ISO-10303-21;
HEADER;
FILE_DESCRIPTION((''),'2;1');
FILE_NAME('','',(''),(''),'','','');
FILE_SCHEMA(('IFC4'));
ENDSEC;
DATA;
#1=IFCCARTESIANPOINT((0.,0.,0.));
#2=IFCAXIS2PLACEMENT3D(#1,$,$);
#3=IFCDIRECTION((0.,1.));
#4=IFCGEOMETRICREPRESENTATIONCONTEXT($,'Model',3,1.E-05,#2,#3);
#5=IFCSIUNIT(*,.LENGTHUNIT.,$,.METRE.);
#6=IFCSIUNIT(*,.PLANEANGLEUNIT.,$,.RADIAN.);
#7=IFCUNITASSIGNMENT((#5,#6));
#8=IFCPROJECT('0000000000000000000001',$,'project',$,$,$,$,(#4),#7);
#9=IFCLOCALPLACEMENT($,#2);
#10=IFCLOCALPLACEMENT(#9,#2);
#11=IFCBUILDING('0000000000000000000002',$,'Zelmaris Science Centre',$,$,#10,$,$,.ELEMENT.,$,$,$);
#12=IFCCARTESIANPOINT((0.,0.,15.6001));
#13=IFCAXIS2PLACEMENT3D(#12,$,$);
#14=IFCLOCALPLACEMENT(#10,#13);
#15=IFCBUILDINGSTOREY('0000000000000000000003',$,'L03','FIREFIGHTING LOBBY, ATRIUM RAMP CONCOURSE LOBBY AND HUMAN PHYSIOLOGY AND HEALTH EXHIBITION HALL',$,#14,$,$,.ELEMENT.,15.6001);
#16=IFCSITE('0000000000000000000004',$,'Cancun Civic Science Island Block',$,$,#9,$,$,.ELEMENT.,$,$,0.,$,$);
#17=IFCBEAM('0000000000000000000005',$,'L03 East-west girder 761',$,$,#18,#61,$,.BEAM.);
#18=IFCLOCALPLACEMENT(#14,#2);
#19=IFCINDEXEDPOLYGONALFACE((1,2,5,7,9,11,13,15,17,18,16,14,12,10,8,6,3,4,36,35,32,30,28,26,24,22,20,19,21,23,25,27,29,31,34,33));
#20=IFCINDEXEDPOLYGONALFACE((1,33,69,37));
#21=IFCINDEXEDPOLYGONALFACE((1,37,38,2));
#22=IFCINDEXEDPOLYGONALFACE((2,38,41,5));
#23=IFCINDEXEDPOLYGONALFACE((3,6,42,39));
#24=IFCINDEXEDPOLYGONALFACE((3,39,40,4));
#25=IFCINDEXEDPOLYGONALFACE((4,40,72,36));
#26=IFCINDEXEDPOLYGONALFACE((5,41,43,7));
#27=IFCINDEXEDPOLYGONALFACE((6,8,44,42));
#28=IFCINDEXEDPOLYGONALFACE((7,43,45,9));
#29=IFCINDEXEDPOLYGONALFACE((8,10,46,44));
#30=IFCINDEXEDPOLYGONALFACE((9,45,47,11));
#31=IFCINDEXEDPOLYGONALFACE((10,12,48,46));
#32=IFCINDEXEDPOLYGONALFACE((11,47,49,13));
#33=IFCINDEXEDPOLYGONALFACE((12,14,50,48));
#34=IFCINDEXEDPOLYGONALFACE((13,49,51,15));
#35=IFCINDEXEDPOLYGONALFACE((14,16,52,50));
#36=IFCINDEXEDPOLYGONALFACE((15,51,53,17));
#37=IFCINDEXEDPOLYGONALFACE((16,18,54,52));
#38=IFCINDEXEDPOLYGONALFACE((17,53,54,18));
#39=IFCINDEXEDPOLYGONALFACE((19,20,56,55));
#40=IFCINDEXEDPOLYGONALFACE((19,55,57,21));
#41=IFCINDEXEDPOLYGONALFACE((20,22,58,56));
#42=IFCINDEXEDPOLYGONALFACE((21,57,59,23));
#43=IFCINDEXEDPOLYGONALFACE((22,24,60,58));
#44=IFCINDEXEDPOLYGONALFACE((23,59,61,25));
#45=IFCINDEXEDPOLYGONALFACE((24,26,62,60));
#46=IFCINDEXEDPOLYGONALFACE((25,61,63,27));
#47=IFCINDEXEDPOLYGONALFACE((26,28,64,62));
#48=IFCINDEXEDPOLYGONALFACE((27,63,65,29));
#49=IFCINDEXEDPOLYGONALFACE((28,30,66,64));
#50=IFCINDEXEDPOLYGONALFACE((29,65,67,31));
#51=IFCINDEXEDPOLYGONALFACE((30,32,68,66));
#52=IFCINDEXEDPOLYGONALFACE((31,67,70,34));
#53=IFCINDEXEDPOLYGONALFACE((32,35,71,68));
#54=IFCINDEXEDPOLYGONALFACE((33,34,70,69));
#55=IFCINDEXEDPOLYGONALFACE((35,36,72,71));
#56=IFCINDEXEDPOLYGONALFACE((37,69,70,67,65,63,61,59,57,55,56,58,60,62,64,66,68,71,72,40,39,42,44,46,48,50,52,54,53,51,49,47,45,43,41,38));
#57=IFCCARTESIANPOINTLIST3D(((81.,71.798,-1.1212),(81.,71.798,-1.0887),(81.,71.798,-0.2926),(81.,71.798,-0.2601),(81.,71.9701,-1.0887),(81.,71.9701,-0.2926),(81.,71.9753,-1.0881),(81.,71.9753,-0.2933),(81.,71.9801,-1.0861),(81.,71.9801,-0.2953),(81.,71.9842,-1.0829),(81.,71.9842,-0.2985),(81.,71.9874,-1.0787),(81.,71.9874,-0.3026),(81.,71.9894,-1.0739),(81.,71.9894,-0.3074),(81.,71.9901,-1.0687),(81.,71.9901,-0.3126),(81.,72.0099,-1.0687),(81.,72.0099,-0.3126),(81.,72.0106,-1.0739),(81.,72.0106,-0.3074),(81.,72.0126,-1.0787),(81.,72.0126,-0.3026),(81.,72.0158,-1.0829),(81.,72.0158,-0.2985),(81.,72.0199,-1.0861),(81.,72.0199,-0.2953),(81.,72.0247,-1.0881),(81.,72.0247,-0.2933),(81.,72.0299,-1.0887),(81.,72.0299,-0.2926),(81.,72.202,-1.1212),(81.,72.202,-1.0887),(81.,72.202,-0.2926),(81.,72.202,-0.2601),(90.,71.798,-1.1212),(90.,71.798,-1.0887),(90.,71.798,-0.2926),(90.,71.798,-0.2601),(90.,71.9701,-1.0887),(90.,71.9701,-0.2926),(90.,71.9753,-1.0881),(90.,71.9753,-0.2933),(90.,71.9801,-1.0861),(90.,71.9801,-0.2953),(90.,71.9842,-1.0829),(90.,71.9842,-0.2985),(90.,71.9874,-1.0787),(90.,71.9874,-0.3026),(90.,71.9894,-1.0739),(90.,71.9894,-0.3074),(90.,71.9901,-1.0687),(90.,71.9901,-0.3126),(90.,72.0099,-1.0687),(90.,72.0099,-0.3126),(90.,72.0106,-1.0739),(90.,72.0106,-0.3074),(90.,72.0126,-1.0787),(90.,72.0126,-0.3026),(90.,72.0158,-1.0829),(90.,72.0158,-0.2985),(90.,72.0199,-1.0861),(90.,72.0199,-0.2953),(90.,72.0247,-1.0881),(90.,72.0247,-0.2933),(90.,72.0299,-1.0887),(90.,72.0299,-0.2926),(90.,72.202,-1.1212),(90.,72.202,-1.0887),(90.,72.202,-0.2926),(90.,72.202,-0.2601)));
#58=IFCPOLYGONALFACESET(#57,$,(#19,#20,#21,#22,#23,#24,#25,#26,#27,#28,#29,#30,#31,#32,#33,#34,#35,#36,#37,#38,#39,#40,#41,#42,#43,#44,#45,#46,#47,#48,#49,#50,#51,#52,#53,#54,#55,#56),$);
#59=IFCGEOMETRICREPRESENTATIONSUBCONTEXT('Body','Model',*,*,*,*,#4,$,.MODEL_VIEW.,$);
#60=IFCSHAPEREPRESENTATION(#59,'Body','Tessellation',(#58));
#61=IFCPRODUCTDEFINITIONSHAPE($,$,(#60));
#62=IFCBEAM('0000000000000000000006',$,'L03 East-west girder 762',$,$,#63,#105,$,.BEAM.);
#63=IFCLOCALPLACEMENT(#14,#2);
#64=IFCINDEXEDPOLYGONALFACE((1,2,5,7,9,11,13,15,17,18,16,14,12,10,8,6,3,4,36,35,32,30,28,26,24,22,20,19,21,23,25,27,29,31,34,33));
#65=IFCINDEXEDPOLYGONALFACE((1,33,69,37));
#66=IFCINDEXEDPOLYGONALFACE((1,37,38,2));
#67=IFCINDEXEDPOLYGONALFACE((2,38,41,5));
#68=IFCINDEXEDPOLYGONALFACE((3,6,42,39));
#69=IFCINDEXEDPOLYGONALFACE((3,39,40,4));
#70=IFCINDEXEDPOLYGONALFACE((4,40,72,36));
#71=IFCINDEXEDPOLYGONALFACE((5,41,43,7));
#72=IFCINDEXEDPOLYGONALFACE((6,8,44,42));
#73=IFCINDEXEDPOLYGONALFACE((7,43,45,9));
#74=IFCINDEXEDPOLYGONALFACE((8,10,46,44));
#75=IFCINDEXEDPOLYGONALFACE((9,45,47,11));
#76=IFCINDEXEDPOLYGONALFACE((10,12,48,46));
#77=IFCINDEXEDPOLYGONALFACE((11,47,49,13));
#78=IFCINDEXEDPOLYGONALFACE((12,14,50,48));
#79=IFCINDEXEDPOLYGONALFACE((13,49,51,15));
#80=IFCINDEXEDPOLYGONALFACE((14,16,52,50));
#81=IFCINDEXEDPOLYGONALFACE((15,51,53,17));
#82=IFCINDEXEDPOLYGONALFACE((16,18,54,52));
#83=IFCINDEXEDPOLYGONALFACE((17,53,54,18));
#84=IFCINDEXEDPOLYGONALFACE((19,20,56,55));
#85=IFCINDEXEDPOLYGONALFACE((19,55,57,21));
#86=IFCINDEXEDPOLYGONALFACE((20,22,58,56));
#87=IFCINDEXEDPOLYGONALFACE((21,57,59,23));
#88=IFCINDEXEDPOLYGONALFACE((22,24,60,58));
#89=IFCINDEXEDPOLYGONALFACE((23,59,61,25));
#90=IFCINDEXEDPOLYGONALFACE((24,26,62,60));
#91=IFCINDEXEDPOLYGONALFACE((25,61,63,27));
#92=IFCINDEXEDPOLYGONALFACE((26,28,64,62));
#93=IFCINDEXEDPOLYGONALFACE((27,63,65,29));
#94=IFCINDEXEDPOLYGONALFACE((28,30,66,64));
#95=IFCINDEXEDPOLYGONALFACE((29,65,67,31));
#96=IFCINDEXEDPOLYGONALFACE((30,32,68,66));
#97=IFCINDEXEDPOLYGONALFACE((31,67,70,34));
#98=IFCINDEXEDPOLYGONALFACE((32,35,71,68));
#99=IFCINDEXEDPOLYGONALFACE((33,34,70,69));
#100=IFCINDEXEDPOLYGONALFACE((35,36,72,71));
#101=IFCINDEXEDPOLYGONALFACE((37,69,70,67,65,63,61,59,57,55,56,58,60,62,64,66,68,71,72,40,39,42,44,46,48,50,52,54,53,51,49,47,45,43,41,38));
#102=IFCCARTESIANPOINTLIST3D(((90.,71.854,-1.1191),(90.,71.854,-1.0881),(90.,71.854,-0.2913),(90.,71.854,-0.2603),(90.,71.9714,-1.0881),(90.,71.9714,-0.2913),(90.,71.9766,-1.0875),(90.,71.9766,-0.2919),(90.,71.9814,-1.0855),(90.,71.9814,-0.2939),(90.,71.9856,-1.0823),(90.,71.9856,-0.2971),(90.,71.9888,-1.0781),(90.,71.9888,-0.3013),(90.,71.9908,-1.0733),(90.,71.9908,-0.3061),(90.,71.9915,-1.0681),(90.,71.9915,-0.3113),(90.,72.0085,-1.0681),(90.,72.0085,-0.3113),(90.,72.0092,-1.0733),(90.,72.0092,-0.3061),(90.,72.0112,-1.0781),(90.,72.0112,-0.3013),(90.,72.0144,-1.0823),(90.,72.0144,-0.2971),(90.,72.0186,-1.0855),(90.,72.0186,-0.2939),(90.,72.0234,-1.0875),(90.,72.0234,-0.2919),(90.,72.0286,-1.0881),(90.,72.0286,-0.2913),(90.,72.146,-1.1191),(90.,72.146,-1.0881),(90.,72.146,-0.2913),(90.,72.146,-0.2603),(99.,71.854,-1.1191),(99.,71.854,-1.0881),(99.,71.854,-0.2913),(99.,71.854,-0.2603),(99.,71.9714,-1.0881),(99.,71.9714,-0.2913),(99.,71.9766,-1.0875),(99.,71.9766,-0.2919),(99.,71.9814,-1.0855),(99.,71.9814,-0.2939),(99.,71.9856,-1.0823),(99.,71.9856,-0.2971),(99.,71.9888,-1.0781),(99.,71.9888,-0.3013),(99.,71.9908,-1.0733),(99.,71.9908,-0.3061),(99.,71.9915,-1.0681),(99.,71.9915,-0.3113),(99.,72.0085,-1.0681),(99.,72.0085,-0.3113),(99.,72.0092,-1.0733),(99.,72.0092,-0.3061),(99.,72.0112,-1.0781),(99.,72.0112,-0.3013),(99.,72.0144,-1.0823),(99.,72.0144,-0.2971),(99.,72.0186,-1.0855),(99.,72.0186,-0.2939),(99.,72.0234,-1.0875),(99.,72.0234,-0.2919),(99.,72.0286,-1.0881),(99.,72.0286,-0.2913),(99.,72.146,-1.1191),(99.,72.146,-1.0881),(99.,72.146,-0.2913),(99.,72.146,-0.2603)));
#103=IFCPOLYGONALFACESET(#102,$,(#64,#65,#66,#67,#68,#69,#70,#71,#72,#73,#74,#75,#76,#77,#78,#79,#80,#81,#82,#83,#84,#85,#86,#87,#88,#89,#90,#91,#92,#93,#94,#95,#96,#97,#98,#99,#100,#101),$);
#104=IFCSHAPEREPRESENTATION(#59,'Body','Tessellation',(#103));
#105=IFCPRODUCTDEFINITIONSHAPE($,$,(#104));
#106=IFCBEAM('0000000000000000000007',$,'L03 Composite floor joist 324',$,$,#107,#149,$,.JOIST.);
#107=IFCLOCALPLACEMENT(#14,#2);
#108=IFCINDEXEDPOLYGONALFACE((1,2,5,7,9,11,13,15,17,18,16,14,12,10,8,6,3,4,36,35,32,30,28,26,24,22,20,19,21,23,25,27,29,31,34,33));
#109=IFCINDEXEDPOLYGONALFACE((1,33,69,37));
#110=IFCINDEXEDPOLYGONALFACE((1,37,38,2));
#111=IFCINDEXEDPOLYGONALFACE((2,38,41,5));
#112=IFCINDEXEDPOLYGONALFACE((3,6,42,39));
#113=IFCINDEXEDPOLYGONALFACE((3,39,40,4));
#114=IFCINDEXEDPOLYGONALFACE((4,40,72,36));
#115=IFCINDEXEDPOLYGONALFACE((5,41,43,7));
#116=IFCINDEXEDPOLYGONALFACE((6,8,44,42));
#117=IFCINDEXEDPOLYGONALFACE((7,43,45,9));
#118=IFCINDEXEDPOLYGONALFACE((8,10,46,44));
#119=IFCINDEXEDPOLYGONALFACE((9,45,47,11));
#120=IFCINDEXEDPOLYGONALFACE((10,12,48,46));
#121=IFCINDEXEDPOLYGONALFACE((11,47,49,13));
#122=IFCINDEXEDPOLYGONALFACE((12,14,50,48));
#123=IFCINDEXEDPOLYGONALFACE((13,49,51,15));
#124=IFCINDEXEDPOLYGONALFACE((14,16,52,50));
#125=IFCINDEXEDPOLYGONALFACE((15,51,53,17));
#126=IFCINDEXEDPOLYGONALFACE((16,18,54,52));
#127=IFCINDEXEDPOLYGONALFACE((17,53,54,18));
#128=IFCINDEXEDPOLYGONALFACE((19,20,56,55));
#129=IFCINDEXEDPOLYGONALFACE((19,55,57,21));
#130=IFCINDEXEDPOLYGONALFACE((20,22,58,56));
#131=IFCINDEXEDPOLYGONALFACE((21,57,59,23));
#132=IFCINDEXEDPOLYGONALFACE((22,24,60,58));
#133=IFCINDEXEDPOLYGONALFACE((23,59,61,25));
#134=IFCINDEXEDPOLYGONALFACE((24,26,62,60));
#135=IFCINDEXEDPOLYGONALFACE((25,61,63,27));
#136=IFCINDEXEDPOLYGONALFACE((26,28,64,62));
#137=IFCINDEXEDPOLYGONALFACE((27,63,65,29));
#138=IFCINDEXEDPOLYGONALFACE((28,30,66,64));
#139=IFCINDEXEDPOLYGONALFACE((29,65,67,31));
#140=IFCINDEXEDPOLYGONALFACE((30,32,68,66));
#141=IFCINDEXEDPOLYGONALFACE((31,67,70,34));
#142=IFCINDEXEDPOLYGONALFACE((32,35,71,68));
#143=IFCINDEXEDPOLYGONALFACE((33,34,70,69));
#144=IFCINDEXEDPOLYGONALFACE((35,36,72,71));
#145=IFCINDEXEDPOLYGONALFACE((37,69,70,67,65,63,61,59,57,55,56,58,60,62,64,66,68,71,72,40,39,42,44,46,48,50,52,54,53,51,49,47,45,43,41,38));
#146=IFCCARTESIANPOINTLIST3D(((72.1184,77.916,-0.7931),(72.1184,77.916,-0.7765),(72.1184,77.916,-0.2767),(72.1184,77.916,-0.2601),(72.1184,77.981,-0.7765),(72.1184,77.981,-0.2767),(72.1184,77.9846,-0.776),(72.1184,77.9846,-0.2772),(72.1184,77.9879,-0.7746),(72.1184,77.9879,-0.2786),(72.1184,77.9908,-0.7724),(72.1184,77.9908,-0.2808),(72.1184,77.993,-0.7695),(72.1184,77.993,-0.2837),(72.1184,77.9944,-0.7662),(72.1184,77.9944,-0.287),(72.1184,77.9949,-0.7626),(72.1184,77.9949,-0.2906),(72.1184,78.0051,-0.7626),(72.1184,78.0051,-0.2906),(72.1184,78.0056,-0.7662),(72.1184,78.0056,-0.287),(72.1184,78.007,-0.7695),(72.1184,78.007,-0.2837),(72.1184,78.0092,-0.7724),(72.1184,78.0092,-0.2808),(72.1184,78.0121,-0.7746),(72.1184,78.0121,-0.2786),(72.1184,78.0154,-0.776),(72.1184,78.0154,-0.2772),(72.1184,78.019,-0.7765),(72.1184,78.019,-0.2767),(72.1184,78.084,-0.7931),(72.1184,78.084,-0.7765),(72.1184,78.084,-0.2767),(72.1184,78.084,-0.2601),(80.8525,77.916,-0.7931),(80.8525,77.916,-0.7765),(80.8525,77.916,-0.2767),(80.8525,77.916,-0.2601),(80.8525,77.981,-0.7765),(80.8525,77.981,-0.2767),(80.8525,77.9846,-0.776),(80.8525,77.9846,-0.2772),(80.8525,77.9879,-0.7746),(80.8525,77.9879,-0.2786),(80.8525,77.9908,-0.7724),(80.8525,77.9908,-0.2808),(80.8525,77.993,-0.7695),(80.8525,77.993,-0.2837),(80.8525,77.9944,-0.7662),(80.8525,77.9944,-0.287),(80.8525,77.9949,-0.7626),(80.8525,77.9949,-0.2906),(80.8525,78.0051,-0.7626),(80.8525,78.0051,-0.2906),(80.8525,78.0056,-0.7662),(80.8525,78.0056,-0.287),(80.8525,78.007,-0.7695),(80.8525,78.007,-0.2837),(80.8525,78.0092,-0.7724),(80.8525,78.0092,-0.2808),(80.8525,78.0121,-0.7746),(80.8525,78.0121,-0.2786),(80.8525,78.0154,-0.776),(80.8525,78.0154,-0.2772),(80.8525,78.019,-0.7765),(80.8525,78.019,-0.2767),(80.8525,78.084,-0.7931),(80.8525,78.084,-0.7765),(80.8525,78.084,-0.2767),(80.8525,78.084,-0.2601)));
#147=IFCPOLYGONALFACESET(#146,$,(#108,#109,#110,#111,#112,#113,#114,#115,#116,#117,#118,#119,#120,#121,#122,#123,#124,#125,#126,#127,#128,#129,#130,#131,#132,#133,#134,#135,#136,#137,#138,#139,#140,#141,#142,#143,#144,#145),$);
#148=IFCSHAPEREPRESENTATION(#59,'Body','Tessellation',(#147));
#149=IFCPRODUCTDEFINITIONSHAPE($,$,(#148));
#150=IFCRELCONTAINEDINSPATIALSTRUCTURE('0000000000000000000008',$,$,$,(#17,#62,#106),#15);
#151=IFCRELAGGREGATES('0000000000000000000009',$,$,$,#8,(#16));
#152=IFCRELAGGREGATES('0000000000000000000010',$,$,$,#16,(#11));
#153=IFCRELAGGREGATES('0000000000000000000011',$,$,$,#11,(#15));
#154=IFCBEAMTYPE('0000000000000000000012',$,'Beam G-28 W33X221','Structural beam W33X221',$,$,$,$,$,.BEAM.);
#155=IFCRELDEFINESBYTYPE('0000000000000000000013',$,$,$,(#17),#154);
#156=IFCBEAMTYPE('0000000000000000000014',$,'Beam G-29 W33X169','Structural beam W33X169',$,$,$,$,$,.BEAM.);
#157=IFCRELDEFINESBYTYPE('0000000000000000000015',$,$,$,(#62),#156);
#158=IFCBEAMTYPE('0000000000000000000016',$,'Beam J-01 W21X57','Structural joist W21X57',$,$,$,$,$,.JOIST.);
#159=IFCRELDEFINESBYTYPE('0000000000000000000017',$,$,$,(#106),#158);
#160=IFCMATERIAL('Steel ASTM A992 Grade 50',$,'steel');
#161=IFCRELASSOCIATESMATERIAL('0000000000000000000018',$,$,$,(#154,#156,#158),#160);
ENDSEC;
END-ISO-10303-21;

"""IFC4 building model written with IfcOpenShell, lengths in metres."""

from ifc_helpers import new_model, si_unit, direction, frame, origin, origin_2d, place, context, subcontext, project, spatial, i_section, extrude, material, material_profile, profile_set, type_object, element, save


model = new_model("IFC4")

# Units and contexts
model_context = context("Model", 3, precision=1e-05, world=origin(), true_north=direction((0.0, 1.0)))
body_context = subcontext(model_context, "Body", "Model", "MODEL_VIEW")
ifc_project = project(units=[si_unit("LENGTHUNIT", "METRE"), si_unit("PLANEANGLEUNIT", "RADIAN")], contexts=[model_context])

# Site, building, storey
site_placement = place(None, origin())
site = spatial("IfcSite", under=ifc_project, at=site_placement, Name="Cancun Civic Science Island Block", CompositionType="ELEMENT", RefElevation=0.0)
building_placement = place(site_placement, origin())
building = spatial("IfcBuilding", under=site, at=building_placement, Name="Zelmaris Science Centre", CompositionType="ELEMENT")
storey_placement = place(building_placement, frame((0.0, 0.0, 15.6001)))
storey = spatial("IfcBuildingStorey", under=building, at=storey_placement, Name="L03", Description="FIREFIGHTING LOBBY, ATRIUM RAMP CONCOURSE LOBBY AND HUMAN PHYSIOLOGY AND HEALTH EXHIBITION HALL", CompositionType="ELEMENT", Elevation=15.6001)

# Shared definitions
ifc_material_1 = material(Name="Steel ASTM A992 Grade 50", Category="steel")

# Beams
ifc_material_profile_1 = material_profile(ifc_material_1, i_section(OverallWidth=0.4041, OverallDepth=0.8611, WebThickness=0.0198, FlangeThickness=0.0325, FilletRadius=0.02, at=origin_2d()), Name="W33X221")
ifc_profile_set_1 = profile_set([ifc_material_profile_1], Name="Steel ASTM A992 Grade 50")
beam_type_1 = type_object("IfcBeamType", Name="Beam G-28 W33X221", Description="Structural beam W33X221", PredefinedType="BEAM", material=ifc_profile_set_1)
beam_1_placement = place(storey_placement, frame((81.0, 72.0, -0.6907), z_axis=(1.0, 0.0, 0.0), x_axis=(0.0, 1.0, 0.0)))
element("IfcBeam", 1, at=beam_1_placement, inside=storey, type_object=beam_type_1, Name="L03 East-west girder 761", PredefinedType="BEAM", context=body_context, shape_type="SweptSolid", body=[
    extrude(i_section(OverallWidth=0.4041, OverallDepth=0.8611, WebThickness=0.0198, FlangeThickness=0.0325, FilletRadius=0.02, at=origin_2d()), origin(), (0.0, 0.0, 1.0), 9.0),
])
ifc_material_profile_2 = material_profile(ifc_material_1, i_section(OverallWidth=0.292, OverallDepth=0.8589, WebThickness=0.0171, FlangeThickness=0.031, FilletRadius=0.02, at=origin_2d()), Name="W33X169")
ifc_profile_set_2 = profile_set([ifc_material_profile_2], Name="Steel ASTM A992 Grade 50")
beam_type_2 = type_object("IfcBeamType", Name="Beam G-29 W33X169", Description="Structural beam W33X169", PredefinedType="BEAM", material=ifc_profile_set_2)
beam_2_placement = place(storey_placement, frame((90.0, 72.0, -0.6897), z_axis=(1.0, 0.0, 0.0), x_axis=(0.0, 1.0, 0.0)))
element("IfcBeam", 2, at=beam_2_placement, inside=storey, type_object=beam_type_2, Name="L03 East-west girder 762", PredefinedType="BEAM", context=body_context, shape_type="SweptSolid", body=[
    extrude(i_section(OverallWidth=0.292, OverallDepth=0.8589, WebThickness=0.0171, FlangeThickness=0.031, FilletRadius=0.02, at=origin_2d()), origin(), (0.0, 0.0, 1.0), 9.0),
])
ifc_material_profile_3 = material_profile(ifc_material_1, i_section(OverallWidth=0.168, OverallDepth=0.533, WebThickness=0.0103, FlangeThickness=0.0166, FilletRadius=0.0139, at=origin_2d()), Name="W21X57")
ifc_profile_set_3 = profile_set([ifc_material_profile_3], Name="Steel ASTM A992 Grade 50")
beam_type_3 = type_object("IfcBeamType", Name="Beam J-01 W21X57", Description="Structural joist W21X57", PredefinedType="JOIST", material=ifc_profile_set_3)
beam_3_placement = place(storey_placement, frame((72.1184, 78.0, -0.5266), z_axis=(1.0, 0.0, 0.0), x_axis=(0.0, 1.0, 0.0)))
element("IfcBeam", 3, at=beam_3_placement, inside=storey, type_object=beam_type_3, Name="L03 Composite floor joist 324", PredefinedType="JOIST", context=body_context, shape_type="SweptSolid", body=[
    extrude(i_section(OverallWidth=0.168, OverallDepth=0.533, WebThickness=0.0103, FlangeThickness=0.0166, FilletRadius=0.0139, at=origin_2d()), origin(), (0.0, 0.0, 1.0), 8.7341),
])

save(model, "model.ifc")
